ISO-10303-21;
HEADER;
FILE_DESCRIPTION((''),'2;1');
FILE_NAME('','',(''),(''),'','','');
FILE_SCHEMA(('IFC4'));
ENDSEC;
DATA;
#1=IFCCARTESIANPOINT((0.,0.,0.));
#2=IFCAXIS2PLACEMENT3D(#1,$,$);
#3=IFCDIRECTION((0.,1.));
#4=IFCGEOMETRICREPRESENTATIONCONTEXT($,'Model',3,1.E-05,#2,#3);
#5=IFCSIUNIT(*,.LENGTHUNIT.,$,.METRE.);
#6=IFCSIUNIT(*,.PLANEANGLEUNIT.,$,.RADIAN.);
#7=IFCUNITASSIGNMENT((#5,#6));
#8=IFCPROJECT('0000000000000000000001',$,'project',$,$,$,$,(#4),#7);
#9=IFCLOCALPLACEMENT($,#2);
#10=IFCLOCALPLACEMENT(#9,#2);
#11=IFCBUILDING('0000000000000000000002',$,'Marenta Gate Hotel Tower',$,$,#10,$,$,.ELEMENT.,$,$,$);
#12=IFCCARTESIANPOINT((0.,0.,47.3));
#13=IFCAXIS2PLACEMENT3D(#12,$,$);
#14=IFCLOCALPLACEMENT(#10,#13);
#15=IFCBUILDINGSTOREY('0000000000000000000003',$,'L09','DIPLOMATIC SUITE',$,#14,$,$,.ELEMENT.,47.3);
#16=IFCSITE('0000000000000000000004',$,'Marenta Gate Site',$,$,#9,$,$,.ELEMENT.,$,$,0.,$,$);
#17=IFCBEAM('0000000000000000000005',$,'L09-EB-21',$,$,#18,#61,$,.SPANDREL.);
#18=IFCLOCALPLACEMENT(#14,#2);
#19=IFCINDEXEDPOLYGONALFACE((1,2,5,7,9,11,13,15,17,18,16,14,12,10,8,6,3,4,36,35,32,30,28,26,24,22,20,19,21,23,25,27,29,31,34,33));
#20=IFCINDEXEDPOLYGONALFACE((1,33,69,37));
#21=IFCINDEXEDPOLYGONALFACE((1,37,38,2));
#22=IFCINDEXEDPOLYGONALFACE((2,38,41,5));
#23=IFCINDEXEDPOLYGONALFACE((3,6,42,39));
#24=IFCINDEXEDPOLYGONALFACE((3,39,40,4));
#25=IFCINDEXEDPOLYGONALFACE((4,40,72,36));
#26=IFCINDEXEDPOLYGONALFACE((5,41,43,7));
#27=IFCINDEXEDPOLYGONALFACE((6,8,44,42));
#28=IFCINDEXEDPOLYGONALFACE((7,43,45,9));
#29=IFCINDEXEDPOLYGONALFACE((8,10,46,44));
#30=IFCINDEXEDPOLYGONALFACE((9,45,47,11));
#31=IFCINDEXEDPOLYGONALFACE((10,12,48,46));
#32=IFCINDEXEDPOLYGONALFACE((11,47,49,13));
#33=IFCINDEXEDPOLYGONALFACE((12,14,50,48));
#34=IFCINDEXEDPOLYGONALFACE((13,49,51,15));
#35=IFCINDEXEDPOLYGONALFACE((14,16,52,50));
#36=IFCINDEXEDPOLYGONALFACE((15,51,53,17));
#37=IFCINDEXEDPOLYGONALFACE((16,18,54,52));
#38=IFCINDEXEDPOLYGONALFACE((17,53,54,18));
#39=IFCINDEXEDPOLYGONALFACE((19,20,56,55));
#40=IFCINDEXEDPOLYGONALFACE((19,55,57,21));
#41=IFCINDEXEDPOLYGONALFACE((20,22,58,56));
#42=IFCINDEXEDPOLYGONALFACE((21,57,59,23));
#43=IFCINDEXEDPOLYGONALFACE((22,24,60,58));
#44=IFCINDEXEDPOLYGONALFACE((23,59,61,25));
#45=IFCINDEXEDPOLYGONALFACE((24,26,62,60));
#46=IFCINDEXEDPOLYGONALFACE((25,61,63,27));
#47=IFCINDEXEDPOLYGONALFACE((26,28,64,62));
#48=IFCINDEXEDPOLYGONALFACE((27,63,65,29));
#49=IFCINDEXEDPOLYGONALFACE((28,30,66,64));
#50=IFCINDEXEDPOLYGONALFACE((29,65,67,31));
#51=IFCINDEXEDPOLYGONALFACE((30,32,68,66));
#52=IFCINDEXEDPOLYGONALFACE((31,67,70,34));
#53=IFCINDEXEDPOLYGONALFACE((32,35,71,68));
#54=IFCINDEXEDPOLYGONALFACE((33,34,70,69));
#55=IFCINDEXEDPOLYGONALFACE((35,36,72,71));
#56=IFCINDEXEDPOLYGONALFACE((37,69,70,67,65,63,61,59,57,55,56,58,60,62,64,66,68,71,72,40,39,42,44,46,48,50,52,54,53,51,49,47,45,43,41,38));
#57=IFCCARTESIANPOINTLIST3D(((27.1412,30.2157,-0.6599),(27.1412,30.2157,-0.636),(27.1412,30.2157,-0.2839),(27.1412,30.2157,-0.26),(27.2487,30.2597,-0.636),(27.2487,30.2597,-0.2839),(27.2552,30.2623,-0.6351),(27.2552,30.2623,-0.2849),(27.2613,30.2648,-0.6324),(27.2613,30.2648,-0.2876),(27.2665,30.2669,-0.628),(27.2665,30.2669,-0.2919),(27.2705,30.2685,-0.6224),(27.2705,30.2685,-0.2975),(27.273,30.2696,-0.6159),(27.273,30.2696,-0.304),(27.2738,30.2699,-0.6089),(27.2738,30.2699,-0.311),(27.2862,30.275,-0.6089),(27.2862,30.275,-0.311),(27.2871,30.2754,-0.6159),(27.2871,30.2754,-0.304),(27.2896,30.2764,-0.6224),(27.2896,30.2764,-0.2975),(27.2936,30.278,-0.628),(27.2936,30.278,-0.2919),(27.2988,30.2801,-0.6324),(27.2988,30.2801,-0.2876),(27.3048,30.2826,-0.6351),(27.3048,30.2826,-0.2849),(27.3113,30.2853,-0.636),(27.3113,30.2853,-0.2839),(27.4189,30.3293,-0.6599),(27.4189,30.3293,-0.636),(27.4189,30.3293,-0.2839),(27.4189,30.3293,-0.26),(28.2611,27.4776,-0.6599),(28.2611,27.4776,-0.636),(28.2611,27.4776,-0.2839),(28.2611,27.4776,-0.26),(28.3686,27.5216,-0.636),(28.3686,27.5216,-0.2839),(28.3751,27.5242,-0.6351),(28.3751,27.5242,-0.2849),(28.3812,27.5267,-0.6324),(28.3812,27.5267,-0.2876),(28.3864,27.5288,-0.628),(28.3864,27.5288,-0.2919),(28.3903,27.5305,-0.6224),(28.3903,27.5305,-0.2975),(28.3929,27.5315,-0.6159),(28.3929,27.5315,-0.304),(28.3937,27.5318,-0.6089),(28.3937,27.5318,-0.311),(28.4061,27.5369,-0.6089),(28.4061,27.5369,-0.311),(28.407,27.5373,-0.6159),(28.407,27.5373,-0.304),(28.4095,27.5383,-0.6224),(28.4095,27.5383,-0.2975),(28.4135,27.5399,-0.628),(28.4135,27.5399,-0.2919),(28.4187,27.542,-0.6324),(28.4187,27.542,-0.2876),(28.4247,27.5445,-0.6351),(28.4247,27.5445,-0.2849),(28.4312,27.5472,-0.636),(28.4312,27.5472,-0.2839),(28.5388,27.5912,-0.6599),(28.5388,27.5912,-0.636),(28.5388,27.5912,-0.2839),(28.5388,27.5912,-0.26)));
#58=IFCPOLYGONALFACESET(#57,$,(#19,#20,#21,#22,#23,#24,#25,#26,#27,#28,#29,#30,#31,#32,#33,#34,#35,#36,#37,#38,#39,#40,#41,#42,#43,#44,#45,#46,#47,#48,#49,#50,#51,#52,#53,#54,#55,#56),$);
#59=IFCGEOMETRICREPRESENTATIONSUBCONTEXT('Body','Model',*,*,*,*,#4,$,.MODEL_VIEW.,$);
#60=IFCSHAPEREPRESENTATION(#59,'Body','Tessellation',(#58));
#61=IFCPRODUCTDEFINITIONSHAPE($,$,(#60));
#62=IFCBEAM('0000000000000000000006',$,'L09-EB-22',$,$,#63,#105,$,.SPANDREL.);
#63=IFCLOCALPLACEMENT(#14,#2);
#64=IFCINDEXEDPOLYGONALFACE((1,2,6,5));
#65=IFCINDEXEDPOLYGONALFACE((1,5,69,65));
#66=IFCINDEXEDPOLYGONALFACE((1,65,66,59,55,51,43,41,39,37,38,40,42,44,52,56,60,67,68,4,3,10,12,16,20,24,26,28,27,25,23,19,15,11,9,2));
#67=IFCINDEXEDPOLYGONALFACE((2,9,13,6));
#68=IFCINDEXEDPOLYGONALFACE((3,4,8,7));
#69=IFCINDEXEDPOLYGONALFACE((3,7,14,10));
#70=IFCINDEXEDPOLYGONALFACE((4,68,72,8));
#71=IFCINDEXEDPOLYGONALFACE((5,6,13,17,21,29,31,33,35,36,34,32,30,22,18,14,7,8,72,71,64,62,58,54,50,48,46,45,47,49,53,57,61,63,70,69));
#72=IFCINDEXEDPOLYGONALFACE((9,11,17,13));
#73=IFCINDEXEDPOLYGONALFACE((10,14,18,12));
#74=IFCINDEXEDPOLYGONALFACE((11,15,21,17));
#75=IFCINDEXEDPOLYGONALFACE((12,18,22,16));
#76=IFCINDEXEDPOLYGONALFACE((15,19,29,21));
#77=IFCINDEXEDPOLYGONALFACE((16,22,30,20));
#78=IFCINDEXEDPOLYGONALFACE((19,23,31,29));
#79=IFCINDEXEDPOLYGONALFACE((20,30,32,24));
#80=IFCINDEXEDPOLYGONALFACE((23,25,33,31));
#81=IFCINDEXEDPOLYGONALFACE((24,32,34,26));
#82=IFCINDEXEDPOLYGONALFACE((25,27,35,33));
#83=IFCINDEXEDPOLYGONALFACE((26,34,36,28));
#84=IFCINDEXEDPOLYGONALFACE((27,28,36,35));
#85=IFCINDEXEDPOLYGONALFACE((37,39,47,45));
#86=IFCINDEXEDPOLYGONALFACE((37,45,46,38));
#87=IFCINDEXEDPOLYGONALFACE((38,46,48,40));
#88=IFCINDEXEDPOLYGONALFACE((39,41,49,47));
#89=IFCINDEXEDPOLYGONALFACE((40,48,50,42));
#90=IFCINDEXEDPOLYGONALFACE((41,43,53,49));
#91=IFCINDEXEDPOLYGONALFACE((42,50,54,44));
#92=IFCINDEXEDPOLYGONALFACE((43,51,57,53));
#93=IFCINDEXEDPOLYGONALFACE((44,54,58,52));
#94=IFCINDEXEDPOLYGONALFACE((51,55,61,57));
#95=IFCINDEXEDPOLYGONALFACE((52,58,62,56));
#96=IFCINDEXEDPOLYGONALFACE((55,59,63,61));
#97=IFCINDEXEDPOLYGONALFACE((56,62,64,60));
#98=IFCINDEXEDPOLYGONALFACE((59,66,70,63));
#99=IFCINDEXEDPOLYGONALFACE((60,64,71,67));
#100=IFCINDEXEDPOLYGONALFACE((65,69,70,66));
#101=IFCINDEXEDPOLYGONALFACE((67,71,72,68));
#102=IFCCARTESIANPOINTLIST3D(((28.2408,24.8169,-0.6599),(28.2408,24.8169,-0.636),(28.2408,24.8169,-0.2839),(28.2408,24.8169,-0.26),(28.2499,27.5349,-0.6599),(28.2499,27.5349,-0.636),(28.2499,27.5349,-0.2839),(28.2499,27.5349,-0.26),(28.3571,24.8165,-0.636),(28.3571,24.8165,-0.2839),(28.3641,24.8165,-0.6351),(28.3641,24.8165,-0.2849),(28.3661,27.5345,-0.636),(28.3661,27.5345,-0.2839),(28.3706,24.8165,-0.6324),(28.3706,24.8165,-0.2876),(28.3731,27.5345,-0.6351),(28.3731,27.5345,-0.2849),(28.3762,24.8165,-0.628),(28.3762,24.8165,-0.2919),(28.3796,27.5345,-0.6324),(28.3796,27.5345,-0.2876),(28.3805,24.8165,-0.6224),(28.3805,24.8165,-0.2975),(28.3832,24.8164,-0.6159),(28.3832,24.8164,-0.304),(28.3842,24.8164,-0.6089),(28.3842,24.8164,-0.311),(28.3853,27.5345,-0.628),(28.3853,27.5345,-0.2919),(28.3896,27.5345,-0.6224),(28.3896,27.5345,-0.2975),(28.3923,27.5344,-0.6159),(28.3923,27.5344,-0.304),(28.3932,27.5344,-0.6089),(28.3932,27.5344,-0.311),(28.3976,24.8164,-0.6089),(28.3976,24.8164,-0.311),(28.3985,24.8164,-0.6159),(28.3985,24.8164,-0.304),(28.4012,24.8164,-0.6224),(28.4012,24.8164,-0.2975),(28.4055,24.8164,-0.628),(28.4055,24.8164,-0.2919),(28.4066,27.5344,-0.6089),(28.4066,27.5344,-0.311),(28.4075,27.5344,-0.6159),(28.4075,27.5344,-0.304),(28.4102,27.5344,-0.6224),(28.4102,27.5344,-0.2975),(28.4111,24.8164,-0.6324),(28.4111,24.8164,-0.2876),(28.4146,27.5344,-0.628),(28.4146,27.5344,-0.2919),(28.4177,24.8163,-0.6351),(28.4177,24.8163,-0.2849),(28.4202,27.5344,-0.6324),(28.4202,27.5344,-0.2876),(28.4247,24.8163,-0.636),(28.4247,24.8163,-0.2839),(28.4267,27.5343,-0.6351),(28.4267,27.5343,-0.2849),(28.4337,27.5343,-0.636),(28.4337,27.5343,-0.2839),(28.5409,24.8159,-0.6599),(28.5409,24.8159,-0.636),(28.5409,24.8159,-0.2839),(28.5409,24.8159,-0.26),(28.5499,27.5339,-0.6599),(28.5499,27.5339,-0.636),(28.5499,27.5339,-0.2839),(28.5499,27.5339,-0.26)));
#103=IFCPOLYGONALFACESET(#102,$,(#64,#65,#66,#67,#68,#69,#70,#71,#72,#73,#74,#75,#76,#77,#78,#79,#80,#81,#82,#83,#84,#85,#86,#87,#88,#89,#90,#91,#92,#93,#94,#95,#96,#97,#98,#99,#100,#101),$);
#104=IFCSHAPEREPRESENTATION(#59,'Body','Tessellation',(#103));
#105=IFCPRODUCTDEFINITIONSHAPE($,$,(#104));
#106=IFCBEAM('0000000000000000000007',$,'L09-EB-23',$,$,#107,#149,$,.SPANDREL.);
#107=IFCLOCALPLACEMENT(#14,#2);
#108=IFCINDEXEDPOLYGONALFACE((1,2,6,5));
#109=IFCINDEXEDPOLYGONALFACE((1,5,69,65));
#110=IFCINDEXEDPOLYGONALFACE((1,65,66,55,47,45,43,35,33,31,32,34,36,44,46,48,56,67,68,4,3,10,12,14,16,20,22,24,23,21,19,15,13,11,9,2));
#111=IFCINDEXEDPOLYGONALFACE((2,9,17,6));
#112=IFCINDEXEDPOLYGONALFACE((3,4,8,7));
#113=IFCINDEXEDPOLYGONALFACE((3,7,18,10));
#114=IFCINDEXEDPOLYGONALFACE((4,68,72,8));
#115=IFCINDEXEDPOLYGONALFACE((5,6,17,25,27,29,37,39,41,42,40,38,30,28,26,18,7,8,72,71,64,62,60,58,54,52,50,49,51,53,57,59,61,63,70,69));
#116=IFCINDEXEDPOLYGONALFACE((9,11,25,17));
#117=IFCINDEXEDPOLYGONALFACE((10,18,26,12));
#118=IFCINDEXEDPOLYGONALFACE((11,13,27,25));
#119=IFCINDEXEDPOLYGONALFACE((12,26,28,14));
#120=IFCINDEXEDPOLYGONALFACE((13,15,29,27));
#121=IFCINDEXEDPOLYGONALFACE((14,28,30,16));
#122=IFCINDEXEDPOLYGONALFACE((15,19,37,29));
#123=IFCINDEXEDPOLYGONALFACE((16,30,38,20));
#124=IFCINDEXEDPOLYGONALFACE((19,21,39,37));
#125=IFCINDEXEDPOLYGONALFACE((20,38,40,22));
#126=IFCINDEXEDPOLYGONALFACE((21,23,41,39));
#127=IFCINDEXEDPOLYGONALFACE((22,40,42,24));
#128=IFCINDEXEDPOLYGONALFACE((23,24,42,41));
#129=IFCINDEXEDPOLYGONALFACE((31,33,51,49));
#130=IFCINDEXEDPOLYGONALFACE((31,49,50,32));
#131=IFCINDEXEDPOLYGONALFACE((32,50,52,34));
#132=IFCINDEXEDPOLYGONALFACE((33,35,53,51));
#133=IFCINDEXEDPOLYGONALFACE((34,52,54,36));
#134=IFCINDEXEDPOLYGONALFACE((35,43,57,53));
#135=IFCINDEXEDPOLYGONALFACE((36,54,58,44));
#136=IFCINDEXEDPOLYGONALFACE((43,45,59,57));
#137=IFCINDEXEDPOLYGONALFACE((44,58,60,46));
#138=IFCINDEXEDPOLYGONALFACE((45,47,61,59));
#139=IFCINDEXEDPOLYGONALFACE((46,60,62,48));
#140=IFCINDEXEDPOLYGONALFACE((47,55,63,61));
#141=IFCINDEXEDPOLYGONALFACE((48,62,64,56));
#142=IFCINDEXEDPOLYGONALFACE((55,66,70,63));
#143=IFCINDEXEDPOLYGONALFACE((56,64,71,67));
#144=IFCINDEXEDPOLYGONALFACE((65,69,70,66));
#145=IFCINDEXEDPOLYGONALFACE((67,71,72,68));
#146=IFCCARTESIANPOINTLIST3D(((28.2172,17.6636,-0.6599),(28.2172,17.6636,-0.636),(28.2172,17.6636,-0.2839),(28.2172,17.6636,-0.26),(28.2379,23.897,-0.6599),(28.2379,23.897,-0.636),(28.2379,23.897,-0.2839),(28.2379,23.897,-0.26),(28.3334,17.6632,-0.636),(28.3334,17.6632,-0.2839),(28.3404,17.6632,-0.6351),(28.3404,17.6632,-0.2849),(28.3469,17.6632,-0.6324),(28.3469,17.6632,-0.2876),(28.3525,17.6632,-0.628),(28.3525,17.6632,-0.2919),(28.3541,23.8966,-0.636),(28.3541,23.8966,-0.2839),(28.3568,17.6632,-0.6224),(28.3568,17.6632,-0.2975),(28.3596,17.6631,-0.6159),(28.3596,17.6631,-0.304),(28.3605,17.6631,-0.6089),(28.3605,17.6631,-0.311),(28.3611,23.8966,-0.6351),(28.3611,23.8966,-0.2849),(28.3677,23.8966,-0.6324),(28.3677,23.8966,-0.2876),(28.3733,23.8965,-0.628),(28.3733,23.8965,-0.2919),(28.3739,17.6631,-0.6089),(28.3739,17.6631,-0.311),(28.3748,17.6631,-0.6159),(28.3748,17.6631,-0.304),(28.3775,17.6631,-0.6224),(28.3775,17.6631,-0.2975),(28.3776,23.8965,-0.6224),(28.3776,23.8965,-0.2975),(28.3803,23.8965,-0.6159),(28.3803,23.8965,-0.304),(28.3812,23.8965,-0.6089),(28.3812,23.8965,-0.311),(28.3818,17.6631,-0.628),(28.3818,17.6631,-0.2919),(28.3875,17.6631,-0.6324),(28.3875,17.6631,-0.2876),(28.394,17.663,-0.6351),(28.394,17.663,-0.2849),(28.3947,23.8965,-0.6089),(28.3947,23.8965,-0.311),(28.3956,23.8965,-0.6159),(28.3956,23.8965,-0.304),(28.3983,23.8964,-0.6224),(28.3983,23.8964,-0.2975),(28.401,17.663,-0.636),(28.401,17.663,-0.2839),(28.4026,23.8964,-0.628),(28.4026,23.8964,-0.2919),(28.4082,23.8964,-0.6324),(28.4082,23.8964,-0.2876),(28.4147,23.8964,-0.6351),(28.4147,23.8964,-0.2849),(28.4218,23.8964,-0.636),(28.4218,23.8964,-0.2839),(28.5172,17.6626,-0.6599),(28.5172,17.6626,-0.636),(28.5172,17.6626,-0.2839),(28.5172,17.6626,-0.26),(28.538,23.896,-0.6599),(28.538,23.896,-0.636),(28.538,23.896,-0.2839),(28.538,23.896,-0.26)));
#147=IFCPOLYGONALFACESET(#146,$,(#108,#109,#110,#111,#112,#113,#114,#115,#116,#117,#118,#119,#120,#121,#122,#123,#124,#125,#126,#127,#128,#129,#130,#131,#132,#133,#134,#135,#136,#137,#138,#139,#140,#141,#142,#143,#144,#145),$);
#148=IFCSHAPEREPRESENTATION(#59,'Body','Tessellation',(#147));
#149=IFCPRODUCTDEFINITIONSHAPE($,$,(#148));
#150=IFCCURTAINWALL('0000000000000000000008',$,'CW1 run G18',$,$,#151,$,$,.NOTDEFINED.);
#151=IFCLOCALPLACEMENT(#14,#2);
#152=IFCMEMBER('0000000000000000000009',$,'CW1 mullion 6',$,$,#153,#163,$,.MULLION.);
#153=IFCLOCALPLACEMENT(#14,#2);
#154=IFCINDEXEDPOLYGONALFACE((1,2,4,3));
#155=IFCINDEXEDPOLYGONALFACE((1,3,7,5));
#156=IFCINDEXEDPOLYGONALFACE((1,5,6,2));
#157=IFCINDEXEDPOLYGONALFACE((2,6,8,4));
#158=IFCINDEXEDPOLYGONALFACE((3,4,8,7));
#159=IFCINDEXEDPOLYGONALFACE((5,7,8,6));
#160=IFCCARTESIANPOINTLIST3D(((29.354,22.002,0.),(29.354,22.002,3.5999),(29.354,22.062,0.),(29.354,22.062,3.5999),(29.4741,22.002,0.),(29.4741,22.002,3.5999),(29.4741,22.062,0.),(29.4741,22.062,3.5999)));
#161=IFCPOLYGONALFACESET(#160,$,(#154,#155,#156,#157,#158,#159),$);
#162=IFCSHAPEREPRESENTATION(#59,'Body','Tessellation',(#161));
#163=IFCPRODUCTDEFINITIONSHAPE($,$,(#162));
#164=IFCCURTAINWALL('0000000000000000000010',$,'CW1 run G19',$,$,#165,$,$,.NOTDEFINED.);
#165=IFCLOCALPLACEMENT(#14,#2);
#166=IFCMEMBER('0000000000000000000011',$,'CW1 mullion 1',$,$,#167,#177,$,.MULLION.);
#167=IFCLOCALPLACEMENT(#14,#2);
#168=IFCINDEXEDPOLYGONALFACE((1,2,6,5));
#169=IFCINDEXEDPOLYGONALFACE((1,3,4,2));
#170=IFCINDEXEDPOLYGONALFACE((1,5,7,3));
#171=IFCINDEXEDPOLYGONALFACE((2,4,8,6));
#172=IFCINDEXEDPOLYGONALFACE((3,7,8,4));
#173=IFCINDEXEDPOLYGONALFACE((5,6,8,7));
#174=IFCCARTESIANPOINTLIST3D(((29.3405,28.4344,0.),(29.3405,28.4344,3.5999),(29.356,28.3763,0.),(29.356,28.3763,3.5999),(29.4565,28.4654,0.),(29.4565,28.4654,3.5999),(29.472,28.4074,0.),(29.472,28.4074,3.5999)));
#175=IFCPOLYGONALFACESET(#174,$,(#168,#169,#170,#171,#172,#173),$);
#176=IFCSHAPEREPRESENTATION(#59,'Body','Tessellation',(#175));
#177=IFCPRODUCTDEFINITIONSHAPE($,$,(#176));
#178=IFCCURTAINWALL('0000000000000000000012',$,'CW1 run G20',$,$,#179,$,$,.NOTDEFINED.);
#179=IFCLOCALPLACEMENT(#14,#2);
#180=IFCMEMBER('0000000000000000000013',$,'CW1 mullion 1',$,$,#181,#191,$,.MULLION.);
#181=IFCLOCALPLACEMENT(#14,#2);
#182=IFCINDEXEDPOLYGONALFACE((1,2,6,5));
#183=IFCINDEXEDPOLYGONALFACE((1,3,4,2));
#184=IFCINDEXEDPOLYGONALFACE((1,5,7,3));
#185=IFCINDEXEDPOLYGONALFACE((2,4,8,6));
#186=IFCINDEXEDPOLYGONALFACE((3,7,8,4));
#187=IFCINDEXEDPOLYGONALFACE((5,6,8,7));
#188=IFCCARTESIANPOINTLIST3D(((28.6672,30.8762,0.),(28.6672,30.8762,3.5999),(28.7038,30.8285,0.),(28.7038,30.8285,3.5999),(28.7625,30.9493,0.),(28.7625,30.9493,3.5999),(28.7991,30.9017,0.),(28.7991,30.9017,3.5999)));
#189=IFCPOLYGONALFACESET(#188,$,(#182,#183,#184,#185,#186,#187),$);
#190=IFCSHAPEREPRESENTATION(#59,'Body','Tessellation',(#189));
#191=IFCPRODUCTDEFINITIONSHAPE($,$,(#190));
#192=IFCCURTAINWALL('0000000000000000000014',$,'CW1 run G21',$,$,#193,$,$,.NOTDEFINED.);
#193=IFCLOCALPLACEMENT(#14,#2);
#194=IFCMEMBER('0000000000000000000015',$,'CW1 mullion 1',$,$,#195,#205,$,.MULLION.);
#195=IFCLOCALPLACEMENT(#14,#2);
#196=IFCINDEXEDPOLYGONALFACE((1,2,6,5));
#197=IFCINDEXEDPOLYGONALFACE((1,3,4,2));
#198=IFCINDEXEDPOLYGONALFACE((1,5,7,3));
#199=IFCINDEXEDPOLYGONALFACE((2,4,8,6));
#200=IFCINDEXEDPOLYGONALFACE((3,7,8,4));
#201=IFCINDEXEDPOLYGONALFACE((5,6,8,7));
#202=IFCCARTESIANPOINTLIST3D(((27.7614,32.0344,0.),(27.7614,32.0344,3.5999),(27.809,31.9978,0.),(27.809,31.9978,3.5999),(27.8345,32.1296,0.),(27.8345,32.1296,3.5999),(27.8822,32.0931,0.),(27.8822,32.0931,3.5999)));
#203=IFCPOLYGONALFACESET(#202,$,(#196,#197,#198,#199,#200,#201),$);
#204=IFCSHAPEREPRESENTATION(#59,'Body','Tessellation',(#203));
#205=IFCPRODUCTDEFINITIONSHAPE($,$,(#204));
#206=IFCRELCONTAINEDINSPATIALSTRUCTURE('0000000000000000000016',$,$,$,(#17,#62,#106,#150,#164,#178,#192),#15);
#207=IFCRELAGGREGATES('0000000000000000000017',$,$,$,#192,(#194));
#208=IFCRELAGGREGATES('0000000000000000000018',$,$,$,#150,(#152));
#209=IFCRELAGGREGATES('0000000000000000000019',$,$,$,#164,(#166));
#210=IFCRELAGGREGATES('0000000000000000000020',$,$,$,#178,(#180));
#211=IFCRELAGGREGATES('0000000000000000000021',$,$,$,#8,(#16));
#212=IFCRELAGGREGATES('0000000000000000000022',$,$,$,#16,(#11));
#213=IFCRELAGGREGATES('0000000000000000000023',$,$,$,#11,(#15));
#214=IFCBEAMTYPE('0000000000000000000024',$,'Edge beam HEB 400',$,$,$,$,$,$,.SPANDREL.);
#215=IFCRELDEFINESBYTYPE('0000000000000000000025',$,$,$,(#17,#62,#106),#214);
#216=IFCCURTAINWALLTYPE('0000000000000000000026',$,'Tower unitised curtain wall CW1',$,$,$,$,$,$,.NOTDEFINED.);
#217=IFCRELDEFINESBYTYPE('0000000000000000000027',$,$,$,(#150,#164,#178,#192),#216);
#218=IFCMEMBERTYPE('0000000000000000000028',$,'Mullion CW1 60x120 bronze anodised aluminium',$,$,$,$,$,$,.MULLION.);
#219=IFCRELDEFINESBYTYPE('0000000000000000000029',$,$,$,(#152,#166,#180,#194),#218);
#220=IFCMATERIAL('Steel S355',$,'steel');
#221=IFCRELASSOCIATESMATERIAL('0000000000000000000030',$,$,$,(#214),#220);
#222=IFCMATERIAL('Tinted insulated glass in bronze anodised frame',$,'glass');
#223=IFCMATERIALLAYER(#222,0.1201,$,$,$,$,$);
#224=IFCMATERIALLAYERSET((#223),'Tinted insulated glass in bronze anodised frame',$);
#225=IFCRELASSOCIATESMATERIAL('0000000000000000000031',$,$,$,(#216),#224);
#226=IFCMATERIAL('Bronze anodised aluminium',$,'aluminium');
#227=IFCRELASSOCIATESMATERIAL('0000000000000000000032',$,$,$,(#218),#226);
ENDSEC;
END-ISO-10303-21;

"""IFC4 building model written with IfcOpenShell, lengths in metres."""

from ifc_helpers import new_model, si_unit, direction, frame, origin, origin_2d, place, context, subcontext, project, spatial, rectangle, i_section, extrude, material, layer, layer_set, material_profile, profile_set, type_object, element, aggregate, save


model = new_model("IFC4")

# Units and contexts
model_context = context("Model", 3, precision=1e-05, world=origin(), true_north=direction((0.0, 1.0)))
body_context = subcontext(model_context, "Body", "Model", "MODEL_VIEW")
ifc_project = project(units=[si_unit("LENGTHUNIT", "METRE"), si_unit("PLANEANGLEUNIT", "RADIAN")], contexts=[model_context])

# Site, building, storey
site_placement = place(None, origin())
site = spatial("IfcSite", under=ifc_project, at=site_placement, Name="Marenta Gate Site", CompositionType="ELEMENT", RefElevation=0.0)
building_placement = place(site_placement, origin())
building = spatial("IfcBuilding", under=site, at=building_placement, Name="Marenta Gate Hotel Tower", CompositionType="ELEMENT")
storey_placement = place(building_placement, frame((0.0, 0.0, 47.3)))
storey = spatial("IfcBuildingStorey", under=building, at=storey_placement, Name="L09", Description="DIPLOMATIC SUITE", CompositionType="ELEMENT", Elevation=47.3)

# Beams
ifc_material_1 = material(Name="Steel S355", Category="steel")
ifc_material_profile_1 = material_profile(ifc_material_1, i_section(OverallWidth=0.3, OverallDepth=0.3999, WebThickness=0.0134, FlangeThickness=0.0239, FilletRadius=0.0271, at=origin_2d()), Name="HEB 400")
ifc_profile_set_1 = profile_set([ifc_material_profile_1], Name="Steel S355")
beam_type = type_object("IfcBeamType", Name="Edge beam HEB 400", PredefinedType="SPANDREL", material=ifc_profile_set_1)
beam_1_placement = place(storey_placement, frame((27.28, 30.2725, -0.46), z_axis=(0.378565, -0.925575, 0.0), x_axis=(0.925575, 0.378565, 0.0)))
element("IfcBeam", 1, at=beam_1_placement, inside=storey, type_object=beam_type, Name="L09-EB-21", PredefinedType="SPANDREL", context=body_context, shape_type="SweptSolid", body=[
    extrude(i_section(OverallWidth=0.3, OverallDepth=0.3999, WebThickness=0.0134, FlangeThickness=0.0239, FilletRadius=0.0271, at=origin_2d()), origin(), (0.0, 0.0, 1.0), 2.9583),
])
beam_2_placement = place(storey_placement, frame((28.3999, 27.5344, -0.46), z_axis=(-0.003323, -0.999994, 0.0), x_axis=(0.999994, -0.003323, 0.0)))
element("IfcBeam", 2, at=beam_2_placement, inside=storey, type_object=beam_type, Name="L09-EB-22", PredefinedType="SPANDREL", context=body_context, shape_type="SweptSolid", body=[
    extrude(i_section(OverallWidth=0.3, OverallDepth=0.3999, WebThickness=0.0134, FlangeThickness=0.0239, FilletRadius=0.0271, at=origin_2d()), origin(), (0.0, 0.0, 1.0), 2.718),
])
beam_3_placement = place(storey_placement, frame((28.3879, 23.8965, -0.46), z_axis=(-0.003329, -0.999994, 0.0), x_axis=(0.999994, -0.003329, 0.0)))
element("IfcBeam", 3, at=beam_3_placement, inside=storey, type_object=beam_type, Name="L09-EB-23", PredefinedType="SPANDREL", context=body_context, shape_type="SweptSolid", body=[
    extrude(i_section(OverallWidth=0.3, OverallDepth=0.3999, WebThickness=0.0134, FlangeThickness=0.0239, FilletRadius=0.0271, at=origin_2d()), origin(), (0.0, 0.0, 1.0), 6.2334),
])

# Curtain walls, members
ifc_material_2 = material(Name="Tinted insulated glass in bronze anodised frame", Category="glass")
ifc_layer_1 = layer(ifc_material_2, 0.1201)
ifc_layer_set_1 = layer_set([ifc_layer_1], Name="Tinted insulated glass in bronze anodised frame")
curtain_wall_type = type_object("IfcCurtainWallType", Name="Tower unitised curtain wall CW1", PredefinedType="NOTDEFINED", material=ifc_layer_set_1)
curtain_wall_1_placement = place(storey_placement, origin())
curtain_wall_1 = element("IfcCurtainWall", 4, at=curtain_wall_1_placement, inside=storey, type_object=curtain_wall_type, Name="CW1 run G18", PredefinedType="NOTDEFINED")
ifc_material_3 = material(Name="Bronze anodised aluminium", Category="aluminium")
ifc_material_profile_2 = material_profile(ifc_material_3, rectangle(XDim=0.1201, YDim=0.0601, at=origin_2d()), Name="Mullion CW1 60x120 bronze anodised aluminium")
ifc_profile_set_2 = profile_set([ifc_material_profile_2], Name="Bronze anodised aluminium")
member_type_1 = type_object("IfcMemberType", Name="Mullion CW1 60x120 bronze anodised aluminium", PredefinedType="MULLION", material=ifc_profile_set_2)
member_1_placement = place(storey_placement, frame((29.4141, 22.032, 0.0), z_axis=(0.0, 0.0, 1.0), x_axis=(-1.0, 0.0, 0.0)))
member_1 = element("IfcMember", 5, at=member_1_placement, type_object=member_type_1, Name="CW1 mullion 6", PredefinedType="MULLION", context=body_context, shape_type="SweptSolid", body=[
    extrude(rectangle(XDim=0.1201, YDim=0.0601, at=origin_2d()), origin(), (0.0, 0.0, 1.0), 3.5999),
])
curtain_wall_2_placement = place(storey_placement, origin())
curtain_wall_2 = element("IfcCurtainWall", 6, at=curtain_wall_2_placement, inside=storey, type_object=curtain_wall_type, Name="CW1 run G19", PredefinedType="NOTDEFINED")
member_2_placement = place(storey_placement, frame((29.4062, 28.4209, 0.0), z_axis=(0.0, 0.0, 1.0), x_axis=(-0.965925, -0.258822, 0.0)))
member_2 = element("IfcMember", 7, at=member_2_placement, type_object=member_type_1, Name="CW1 mullion 1", PredefinedType="MULLION", context=body_context, shape_type="SweptSolid", body=[
    extrude(rectangle(XDim=0.1201, YDim=0.0601, at=origin_2d()), origin(), (0.0, 0.0, 1.0), 3.5999),
])
curtain_wall_3_placement = place(storey_placement, origin())
curtain_wall_3 = element("IfcCurtainWall", 8, at=curtain_wall_3_placement, inside=storey, type_object=curtain_wall_type, Name="CW1 run G20", PredefinedType="NOTDEFINED")
member_3_placement = place(storey_placement, frame((28.7332, 30.8889, 0.0), z_axis=(0.0, 0.0, 1.0), x_axis=(-0.793338, -0.608781, 0.0)))
member_3 = element("IfcMember", 9, at=member_3_placement, type_object=member_type_1, Name="CW1 mullion 1", PredefinedType="MULLION", context=body_context, shape_type="SweptSolid", body=[
    extrude(rectangle(XDim=0.1201, YDim=0.0601, at=origin_2d()), origin(), (0.0, 0.0, 1.0), 3.5999),
])
curtain_wall_4_placement = place(storey_placement, origin())
curtain_wall_4 = element("IfcCurtainWall", 10, at=curtain_wall_4_placement, inside=storey, type_object=curtain_wall_type, Name="CW1 run G21", PredefinedType="NOTDEFINED")
member_4_placement = place(storey_placement, frame((27.8218, 32.0637, 0.0), z_axis=(0.0, 0.0, 1.0), x_axis=(-0.608795, -0.793328, 0.0)))
member_4 = element("IfcMember", 11, at=member_4_placement, type_object=member_type_1, Name="CW1 mullion 1", PredefinedType="MULLION", context=body_context, shape_type="SweptSolid", body=[
    extrude(rectangle(XDim=0.1201, YDim=0.0601, at=origin_2d()), origin(), (0.0, 0.0, 1.0), 3.5999),
])
aggregate(curtain_wall_4, [member_4])

aggregate(curtain_wall_1, [member_1])
aggregate(curtain_wall_2, [member_2])
aggregate(curtain_wall_3, [member_3])

save(model, "model.ifc")
